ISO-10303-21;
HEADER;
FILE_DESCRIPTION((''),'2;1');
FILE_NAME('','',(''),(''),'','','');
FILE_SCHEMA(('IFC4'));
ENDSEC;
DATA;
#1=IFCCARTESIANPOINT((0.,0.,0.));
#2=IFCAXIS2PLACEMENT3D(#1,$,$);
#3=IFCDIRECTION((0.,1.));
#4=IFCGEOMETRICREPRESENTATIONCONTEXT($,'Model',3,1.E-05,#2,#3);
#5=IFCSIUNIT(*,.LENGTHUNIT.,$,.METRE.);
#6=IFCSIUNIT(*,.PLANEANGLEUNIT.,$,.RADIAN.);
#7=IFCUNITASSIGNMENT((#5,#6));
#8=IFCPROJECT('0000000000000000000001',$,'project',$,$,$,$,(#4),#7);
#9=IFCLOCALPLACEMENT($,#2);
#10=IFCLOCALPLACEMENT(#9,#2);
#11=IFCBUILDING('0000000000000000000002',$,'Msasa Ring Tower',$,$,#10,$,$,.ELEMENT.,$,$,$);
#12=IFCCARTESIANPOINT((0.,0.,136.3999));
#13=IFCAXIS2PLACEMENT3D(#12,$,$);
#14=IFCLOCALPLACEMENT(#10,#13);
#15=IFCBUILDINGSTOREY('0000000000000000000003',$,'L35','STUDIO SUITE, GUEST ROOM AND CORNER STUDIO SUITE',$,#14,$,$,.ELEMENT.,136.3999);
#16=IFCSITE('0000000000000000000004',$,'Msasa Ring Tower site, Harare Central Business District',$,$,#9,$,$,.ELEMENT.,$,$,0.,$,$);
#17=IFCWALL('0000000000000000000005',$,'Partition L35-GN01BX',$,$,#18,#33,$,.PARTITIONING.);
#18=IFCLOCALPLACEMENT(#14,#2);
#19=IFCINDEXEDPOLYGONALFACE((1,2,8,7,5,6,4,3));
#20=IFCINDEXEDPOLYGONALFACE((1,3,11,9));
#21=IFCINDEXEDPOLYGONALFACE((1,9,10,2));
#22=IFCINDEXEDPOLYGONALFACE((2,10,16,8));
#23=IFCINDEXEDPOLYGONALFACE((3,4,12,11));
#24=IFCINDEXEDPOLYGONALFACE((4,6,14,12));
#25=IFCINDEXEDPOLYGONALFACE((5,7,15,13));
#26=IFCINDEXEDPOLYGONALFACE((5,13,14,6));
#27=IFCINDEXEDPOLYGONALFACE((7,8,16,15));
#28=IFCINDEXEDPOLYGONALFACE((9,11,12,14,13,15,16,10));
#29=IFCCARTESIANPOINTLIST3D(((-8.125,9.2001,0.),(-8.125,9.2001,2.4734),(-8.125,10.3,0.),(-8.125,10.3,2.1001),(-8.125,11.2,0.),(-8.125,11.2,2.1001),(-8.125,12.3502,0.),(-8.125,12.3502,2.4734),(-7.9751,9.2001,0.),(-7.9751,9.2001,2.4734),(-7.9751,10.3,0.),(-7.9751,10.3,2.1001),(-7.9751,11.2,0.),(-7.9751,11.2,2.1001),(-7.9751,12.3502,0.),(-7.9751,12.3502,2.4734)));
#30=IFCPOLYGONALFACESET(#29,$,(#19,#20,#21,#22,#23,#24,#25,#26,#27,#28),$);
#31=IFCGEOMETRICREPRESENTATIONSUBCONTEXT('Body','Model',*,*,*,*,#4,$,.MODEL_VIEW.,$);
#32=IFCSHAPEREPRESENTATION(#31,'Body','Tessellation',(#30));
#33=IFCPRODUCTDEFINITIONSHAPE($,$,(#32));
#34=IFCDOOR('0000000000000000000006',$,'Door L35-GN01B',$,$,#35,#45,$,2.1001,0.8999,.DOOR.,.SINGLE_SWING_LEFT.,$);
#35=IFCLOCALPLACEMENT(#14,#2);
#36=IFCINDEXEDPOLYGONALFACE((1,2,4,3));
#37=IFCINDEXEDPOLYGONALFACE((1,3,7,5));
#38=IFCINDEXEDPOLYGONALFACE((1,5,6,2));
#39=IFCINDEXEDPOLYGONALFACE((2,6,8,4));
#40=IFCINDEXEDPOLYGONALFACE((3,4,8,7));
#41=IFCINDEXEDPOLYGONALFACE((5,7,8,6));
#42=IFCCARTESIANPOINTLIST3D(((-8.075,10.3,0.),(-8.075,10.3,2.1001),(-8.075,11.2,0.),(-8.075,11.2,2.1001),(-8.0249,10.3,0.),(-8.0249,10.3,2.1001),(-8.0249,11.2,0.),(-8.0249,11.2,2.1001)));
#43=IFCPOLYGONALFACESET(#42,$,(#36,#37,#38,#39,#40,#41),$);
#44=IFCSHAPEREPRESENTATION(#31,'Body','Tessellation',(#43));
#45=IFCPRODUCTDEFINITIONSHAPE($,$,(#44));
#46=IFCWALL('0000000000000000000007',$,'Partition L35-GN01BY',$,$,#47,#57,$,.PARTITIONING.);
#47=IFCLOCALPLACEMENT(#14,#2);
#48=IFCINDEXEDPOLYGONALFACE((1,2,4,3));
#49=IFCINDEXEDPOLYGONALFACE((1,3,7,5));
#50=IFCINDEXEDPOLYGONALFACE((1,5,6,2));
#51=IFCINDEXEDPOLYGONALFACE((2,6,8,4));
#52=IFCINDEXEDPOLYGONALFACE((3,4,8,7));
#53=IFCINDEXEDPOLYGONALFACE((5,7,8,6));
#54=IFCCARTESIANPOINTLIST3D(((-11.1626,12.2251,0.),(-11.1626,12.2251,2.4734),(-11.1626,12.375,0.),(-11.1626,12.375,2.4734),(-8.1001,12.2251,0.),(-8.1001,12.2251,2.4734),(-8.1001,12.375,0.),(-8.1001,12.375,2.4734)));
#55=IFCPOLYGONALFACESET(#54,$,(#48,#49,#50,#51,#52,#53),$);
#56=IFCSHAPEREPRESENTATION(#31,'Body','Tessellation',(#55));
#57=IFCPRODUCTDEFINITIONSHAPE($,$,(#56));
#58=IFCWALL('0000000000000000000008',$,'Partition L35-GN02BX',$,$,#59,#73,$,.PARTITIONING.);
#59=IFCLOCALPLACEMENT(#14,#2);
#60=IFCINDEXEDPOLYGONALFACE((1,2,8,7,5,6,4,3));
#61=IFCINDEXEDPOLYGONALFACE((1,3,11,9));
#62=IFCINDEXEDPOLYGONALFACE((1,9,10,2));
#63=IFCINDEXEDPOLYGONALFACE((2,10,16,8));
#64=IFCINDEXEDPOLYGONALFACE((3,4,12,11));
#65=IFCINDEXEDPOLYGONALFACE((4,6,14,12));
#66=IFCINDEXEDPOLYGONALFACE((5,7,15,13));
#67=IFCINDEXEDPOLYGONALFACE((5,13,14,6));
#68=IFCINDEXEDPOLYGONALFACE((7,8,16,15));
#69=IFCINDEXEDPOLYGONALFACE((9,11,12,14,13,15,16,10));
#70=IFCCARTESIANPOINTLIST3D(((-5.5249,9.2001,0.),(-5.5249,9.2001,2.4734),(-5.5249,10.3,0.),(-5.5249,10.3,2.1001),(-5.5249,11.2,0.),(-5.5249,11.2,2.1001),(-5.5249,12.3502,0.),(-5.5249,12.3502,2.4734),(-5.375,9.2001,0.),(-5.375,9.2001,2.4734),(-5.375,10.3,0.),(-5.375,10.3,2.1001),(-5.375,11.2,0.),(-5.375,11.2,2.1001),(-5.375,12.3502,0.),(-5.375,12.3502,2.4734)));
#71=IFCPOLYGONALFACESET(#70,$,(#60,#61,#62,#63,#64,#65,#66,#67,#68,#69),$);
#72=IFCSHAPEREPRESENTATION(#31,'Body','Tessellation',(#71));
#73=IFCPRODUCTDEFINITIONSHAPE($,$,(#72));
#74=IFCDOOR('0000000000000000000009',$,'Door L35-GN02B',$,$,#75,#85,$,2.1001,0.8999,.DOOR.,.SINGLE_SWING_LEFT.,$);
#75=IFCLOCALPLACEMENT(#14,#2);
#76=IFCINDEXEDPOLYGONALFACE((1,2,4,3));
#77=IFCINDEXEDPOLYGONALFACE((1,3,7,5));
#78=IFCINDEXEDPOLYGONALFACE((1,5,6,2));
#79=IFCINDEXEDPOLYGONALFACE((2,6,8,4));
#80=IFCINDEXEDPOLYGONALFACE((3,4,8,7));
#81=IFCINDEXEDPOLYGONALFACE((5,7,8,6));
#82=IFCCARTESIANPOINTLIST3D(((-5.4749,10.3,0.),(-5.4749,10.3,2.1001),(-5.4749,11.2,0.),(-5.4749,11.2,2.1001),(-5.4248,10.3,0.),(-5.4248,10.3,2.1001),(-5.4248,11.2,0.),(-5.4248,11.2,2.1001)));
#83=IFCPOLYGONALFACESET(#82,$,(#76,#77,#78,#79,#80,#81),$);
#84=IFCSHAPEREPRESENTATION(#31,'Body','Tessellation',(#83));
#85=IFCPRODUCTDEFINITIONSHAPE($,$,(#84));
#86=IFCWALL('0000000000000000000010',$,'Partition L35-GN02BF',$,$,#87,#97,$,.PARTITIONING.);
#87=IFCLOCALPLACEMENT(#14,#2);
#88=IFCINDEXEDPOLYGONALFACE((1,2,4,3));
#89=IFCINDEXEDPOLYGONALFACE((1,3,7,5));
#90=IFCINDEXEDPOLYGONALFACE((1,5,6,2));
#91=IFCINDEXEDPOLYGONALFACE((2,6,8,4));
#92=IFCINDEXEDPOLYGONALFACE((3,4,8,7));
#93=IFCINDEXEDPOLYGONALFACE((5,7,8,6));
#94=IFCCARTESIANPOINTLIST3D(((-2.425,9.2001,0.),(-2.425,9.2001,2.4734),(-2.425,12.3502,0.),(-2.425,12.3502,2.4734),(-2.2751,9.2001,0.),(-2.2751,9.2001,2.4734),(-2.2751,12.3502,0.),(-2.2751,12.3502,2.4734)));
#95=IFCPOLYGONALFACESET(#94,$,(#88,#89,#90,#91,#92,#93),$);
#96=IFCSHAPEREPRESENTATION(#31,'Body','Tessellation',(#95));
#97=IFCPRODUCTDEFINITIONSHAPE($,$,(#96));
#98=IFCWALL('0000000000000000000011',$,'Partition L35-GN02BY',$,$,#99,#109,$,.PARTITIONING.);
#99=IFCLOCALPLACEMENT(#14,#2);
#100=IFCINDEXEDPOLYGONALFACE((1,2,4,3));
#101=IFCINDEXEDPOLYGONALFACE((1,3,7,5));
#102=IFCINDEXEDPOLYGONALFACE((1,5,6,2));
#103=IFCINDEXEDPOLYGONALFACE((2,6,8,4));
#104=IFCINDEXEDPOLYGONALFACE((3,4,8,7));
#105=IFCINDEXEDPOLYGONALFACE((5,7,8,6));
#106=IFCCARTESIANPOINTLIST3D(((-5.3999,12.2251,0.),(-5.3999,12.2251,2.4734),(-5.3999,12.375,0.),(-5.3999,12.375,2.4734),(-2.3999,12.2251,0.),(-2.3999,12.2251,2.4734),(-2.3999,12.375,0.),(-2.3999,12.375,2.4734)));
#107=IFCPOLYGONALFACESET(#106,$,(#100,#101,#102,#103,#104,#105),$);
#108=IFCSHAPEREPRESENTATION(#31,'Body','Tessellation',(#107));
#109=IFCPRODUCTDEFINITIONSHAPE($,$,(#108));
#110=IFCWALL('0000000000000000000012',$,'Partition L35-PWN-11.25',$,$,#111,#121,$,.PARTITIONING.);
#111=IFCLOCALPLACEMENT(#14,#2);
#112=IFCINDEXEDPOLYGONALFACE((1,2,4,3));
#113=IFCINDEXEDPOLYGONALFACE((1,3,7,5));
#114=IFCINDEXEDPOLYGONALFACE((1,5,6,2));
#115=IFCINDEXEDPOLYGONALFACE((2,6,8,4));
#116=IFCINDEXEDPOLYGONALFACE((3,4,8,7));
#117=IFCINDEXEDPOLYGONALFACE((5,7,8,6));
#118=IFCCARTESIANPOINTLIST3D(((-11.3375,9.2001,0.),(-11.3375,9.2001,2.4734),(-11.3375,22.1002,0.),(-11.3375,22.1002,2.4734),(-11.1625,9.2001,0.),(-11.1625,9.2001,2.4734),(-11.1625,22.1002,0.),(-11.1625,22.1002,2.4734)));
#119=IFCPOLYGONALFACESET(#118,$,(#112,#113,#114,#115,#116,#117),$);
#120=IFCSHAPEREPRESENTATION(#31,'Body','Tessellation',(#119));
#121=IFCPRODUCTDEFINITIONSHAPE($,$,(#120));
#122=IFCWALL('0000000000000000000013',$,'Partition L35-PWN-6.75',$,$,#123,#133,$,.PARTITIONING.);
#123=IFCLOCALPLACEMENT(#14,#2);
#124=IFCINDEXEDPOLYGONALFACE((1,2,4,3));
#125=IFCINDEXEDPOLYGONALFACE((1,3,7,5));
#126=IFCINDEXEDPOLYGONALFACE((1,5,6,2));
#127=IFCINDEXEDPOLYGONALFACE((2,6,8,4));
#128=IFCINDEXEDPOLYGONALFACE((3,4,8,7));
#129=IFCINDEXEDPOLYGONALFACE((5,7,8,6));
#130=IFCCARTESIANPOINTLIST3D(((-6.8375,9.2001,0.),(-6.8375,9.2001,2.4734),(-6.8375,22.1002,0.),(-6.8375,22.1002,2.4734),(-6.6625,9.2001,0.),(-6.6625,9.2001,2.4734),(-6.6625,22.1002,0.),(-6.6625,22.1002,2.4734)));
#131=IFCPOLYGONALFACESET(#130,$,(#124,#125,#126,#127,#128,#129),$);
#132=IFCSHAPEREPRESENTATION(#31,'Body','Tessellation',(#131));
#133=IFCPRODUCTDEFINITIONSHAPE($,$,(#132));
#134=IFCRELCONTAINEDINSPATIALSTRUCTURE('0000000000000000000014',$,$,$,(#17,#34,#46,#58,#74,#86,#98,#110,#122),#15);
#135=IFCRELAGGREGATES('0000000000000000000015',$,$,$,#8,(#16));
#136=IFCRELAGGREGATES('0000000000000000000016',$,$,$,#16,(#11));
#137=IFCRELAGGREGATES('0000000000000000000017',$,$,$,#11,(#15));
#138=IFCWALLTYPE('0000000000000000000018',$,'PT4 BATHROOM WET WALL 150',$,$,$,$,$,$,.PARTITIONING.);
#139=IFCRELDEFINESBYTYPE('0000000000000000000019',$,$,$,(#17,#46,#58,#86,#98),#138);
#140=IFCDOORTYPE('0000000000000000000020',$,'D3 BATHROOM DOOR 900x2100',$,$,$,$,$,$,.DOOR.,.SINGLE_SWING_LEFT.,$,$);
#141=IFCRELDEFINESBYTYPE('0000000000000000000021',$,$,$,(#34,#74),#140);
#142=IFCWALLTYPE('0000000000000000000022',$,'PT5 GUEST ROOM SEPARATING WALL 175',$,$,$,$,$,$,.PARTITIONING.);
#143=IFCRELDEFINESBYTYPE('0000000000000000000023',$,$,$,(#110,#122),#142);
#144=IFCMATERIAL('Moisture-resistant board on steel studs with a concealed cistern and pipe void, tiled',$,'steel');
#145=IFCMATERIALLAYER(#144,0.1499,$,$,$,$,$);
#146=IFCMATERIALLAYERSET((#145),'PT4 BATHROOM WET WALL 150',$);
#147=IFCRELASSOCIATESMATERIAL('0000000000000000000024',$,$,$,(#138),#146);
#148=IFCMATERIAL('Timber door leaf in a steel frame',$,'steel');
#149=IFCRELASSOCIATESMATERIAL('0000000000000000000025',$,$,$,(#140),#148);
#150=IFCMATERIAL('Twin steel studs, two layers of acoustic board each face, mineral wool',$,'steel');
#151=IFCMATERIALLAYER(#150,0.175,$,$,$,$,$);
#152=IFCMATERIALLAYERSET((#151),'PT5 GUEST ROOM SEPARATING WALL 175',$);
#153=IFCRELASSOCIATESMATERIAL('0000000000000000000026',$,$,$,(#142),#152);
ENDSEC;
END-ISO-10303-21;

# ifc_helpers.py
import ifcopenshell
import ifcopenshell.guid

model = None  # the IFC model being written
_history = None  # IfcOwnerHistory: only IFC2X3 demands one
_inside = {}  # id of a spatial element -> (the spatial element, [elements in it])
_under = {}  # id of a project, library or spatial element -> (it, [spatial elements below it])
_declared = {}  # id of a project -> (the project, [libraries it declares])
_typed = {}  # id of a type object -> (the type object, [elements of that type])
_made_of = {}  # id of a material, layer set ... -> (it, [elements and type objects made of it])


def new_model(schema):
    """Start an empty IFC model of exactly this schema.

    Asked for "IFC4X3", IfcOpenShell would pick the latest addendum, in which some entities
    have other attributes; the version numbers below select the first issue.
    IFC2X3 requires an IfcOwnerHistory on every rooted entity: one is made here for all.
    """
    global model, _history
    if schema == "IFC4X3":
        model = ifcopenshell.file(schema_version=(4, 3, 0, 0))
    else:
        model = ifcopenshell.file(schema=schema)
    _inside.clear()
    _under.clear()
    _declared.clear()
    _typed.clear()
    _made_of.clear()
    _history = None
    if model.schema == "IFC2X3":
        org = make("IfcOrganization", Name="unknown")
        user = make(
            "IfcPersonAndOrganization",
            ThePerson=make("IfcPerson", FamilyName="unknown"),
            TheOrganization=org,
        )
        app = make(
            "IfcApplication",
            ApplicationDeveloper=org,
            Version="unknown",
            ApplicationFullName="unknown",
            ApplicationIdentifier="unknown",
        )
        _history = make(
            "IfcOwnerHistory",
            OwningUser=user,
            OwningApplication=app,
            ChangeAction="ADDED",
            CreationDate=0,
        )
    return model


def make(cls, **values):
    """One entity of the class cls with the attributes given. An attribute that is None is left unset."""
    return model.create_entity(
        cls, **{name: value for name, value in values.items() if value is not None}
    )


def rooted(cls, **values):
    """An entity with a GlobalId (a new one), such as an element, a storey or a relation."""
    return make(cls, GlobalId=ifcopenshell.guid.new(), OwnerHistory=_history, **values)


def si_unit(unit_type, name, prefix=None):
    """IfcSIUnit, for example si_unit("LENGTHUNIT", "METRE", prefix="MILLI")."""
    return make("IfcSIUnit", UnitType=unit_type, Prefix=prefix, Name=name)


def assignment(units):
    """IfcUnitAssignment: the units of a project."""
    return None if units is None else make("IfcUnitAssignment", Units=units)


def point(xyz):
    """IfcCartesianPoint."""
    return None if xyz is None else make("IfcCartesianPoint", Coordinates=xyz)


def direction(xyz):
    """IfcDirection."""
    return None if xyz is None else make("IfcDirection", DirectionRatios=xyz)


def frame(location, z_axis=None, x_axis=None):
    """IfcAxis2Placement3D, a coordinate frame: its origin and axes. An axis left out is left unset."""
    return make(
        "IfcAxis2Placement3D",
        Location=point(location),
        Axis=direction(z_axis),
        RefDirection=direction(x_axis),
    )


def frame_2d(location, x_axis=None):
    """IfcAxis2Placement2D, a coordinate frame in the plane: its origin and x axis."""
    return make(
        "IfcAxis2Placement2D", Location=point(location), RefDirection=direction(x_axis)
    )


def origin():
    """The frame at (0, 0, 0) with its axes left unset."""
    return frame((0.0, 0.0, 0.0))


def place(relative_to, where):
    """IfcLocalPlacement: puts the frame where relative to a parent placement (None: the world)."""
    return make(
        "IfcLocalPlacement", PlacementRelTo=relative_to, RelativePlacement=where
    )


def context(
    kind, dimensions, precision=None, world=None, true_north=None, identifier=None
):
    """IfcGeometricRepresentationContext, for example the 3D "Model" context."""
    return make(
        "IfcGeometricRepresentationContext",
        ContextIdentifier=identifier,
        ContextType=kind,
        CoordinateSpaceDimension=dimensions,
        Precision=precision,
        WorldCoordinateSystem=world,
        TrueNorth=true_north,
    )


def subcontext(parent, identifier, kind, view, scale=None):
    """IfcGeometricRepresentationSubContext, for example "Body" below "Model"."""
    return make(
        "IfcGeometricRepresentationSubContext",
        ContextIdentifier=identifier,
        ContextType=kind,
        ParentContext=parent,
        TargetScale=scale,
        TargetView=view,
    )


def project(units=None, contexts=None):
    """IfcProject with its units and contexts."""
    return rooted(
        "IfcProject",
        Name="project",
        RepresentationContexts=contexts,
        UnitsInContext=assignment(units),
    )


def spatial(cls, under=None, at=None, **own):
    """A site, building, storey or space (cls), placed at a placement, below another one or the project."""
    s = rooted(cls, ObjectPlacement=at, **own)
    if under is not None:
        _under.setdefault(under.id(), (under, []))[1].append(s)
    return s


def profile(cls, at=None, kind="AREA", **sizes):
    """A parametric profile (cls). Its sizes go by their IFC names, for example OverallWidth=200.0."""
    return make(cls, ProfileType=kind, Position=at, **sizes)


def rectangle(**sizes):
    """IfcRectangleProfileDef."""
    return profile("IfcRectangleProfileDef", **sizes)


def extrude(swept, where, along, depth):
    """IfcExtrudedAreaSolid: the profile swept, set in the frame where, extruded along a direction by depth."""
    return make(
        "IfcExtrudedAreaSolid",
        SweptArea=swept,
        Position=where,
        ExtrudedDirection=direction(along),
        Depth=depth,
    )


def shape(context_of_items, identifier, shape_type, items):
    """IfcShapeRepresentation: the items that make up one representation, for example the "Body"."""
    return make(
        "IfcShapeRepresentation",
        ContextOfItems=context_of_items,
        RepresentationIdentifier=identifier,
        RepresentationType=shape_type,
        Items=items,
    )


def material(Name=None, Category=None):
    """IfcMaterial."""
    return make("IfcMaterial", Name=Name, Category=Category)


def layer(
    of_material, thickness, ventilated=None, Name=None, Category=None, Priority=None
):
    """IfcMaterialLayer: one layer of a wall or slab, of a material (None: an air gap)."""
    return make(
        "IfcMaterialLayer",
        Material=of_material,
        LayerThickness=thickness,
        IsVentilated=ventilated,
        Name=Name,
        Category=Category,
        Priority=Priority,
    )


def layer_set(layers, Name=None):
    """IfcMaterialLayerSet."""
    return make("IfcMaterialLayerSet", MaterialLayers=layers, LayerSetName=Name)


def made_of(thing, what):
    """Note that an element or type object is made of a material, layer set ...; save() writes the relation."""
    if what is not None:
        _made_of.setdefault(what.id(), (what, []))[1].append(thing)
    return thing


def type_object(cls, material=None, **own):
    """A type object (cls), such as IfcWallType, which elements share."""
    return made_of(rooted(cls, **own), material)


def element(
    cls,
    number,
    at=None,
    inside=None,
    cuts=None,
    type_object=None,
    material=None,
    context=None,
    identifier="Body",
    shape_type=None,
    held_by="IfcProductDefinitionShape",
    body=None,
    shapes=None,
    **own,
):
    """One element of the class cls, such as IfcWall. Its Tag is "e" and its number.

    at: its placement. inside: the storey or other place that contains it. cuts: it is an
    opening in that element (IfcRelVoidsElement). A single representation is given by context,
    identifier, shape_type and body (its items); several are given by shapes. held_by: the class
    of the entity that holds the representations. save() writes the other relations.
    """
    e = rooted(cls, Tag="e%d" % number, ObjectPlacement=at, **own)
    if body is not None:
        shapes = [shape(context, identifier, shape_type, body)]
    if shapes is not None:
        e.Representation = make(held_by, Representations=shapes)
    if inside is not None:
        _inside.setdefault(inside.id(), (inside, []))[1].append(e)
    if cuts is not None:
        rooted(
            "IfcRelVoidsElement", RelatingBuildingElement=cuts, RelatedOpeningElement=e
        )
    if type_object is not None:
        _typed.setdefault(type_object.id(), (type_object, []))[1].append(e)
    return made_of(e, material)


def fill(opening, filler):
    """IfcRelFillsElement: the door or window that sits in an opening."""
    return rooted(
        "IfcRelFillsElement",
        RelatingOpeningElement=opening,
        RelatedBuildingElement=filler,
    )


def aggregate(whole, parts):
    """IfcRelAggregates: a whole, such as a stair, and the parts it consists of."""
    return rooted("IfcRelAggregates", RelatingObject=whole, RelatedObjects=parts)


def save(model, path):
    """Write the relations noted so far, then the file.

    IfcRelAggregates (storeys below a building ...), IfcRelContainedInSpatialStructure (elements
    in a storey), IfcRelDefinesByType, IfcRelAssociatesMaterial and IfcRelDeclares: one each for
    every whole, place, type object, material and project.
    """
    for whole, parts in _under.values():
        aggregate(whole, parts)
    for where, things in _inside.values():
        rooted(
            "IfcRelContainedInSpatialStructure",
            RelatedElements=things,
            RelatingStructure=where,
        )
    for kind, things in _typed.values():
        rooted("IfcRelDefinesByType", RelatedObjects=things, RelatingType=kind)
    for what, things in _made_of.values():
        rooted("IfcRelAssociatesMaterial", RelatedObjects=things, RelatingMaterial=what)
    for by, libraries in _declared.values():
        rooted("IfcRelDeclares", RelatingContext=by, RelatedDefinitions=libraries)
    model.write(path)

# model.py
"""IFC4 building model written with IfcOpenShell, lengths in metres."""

from ifc_helpers import new_model, si_unit, direction, frame, frame_2d, origin, place, context, subcontext, project, spatial, rectangle, extrude, material, layer, layer_set, type_object, element, fill, save


model = new_model("IFC4")

# Units and contexts
model_context = context("Model", 3, precision=1e-05, world=origin(), true_north=direction((0.0, 1.0)))
body_context = subcontext(model_context, "Body", "Model", "MODEL_VIEW")
ifc_project = project(units=[si_unit("LENGTHUNIT", "METRE"), si_unit("PLANEANGLEUNIT", "RADIAN")], contexts=[model_context])

# Site, building, storey
site_placement = place(None, origin())
site = spatial("IfcSite", under=ifc_project, at=site_placement, Name="Msasa Ring Tower site, Harare Central Business District", CompositionType="ELEMENT", RefElevation=0.0)
building_placement = place(site_placement, origin())
building = spatial("IfcBuilding", under=site, at=building_placement, Name="Msasa Ring Tower", CompositionType="ELEMENT")
storey_placement = place(building_placement, frame((0.0, 0.0, 136.3999)))
storey = spatial("IfcBuildingStorey", under=building, at=storey_placement, Name="L35", Description="STUDIO SUITE, GUEST ROOM AND CORNER STUDIO SUITE", CompositionType="ELEMENT", Elevation=136.3999)

# Wall, opening, door
ifc_material_1 = material(Name="Moisture-resistant board on steel studs with a concealed cistern and pipe void, tiled", Category="steel")
ifc_layer_1 = layer(ifc_material_1, 0.1499)
ifc_layer_set_1 = layer_set([ifc_layer_1], Name="PT4 BATHROOM WET WALL 150")
wall_type_1 = type_object("IfcWallType", Name="PT4 BATHROOM WET WALL 150", PredefinedType="PARTITIONING", material=ifc_layer_set_1)
wall_1_placement = place(storey_placement, frame((-8.05, 9.2, 0.0), z_axis=(0.0, 0.0, 1.0), x_axis=(0.0, 1.0, 0.0)))
wall_1 = element("IfcWall", 1, at=wall_1_placement, inside=storey, type_object=wall_type_1, Name="Partition L35-GN01BX", PredefinedType="PARTITIONING", context=body_context, shape_type="SweptSolid", body=[
    extrude(rectangle(XDim=3.1501, YDim=0.1499, at=frame_2d((1.5752, 0.0))), origin(), (0.0, 0.0, 1.0), 2.4734),
])
opening_1_placement = place(wall_1_placement, frame((1.1001, 0.0, 0.0)))
opening_1 = element("IfcOpeningElement", 2, at=opening_1_placement, cuts=wall_1, PredefinedType="OPENING", context=body_context, shape_type="SweptSolid", body=[
    extrude(rectangle(XDim=0.8999, YDim=2.1001, at=frame_2d((0.45, 1.05))), frame((0.0, 0.085, 0.0), z_axis=(0.0, -1.0, 0.0), x_axis=(1.0, 0.0, 0.0)), (0.0, 0.0, 1.0), 0.1699),
])
ifc_material_2 = material(Name="Timber door leaf in a steel frame", Category="steel")
door_type = type_object("IfcDoorType", Name="D3 BATHROOM DOOR 900x2100", OperationType="SINGLE_SWING_LEFT", PredefinedType="DOOR", material=ifc_material_2)
door_1_placement = place(opening_1_placement, origin())
door_1 = element("IfcDoor", 3, at=door_1_placement, inside=storey, type_object=door_type, Name="Door L35-GN01B", OperationType="SINGLE_SWING_LEFT", OverallHeight=2.1001, OverallWidth=0.8999, PredefinedType="DOOR", context=body_context, shape_type="SweptSolid", body=[
    extrude(rectangle(XDim=0.8999, YDim=2.1001, at=frame_2d((0.45, 1.05))), frame((0.0, 0.0249, 0.0), z_axis=(0.0, -1.0, 0.0), x_axis=(1.0, 0.0, 0.0)), (0.0, 0.0, 1.0), 0.05),
])
fill(opening_1, door_1)

# Wall
wall_2_placement = place(storey_placement, frame((-11.1626, 12.3, 0.0), z_axis=(0.0, 0.0, 1.0), x_axis=(1.0, 0.0, 0.0)))
element("IfcWall", 4, at=wall_2_placement, inside=storey, type_object=wall_type_1, Name="Partition L35-GN01BY", PredefinedType="PARTITIONING", context=body_context, shape_type="SweptSolid", body=[
    extrude(rectangle(XDim=3.0625, YDim=0.1499, at=frame_2d((1.5312, 0.0))), origin(), (0.0, 0.0, 1.0), 2.4734),
])

# Wall, opening, door
wall_3_placement = place(storey_placement, frame((-5.45, 9.2, 0.0), z_axis=(0.0, 0.0, 1.0), x_axis=(0.0, 1.0, 0.0)))
wall_3 = element("IfcWall", 5, at=wall_3_placement, inside=storey, type_object=wall_type_1, Name="Partition L35-GN02BX", PredefinedType="PARTITIONING", context=body_context, shape_type="SweptSolid", body=[
    extrude(rectangle(XDim=3.1501, YDim=0.1499, at=frame_2d((1.5752, 0.0))), origin(), (0.0, 0.0, 1.0), 2.4734),
])
opening_2_placement = place(wall_3_placement, frame((1.1001, 0.0, 0.0)))
opening_2 = element("IfcOpeningElement", 6, at=opening_2_placement, cuts=wall_3, PredefinedType="OPENING", context=body_context, shape_type="SweptSolid", body=[
    extrude(rectangle(XDim=0.8999, YDim=2.1001, at=frame_2d((0.45, 1.05))), frame((0.0, 0.085, 0.0), z_axis=(0.0, -1.0, 0.0), x_axis=(1.0, 0.0, 0.0)), (0.0, 0.0, 1.0), 0.1699),
])
door_2_placement = place(opening_2_placement, origin())
door_2 = element("IfcDoor", 7, at=door_2_placement, inside=storey, type_object=door_type, Name="Door L35-GN02B", OperationType="SINGLE_SWING_LEFT", OverallHeight=2.1001, OverallWidth=0.8999, PredefinedType="DOOR", context=body_context, shape_type="SweptSolid", body=[
    extrude(rectangle(XDim=0.8999, YDim=2.1001, at=frame_2d((0.45, 1.05))), frame((0.0, 0.0249, 0.0), z_axis=(0.0, -1.0, 0.0), x_axis=(1.0, 0.0, 0.0)), (0.0, 0.0, 1.0), 0.05),
])
fill(opening_2, door_2)

# Walls
wall_4_placement = place(storey_placement, frame((-2.3501, 9.2, 0.0), z_axis=(0.0, 0.0, 1.0), x_axis=(0.0, 1.0, 0.0)))
element("IfcWall", 8, at=wall_4_placement, inside=storey, type_object=wall_type_1, Name="Partition L35-GN02BF", PredefinedType="PARTITIONING", context=body_context, shape_type="SweptSolid", body=[
    extrude(rectangle(XDim=3.1501, YDim=0.1499, at=frame_2d((1.5752, 0.0))), origin(), (0.0, 0.0, 1.0), 2.4734),
])
wall_5_placement = place(storey_placement, frame((-5.3999, 12.3, 0.0), z_axis=(0.0, 0.0, 1.0), x_axis=(1.0, 0.0, 0.0)))
element("IfcWall", 9, at=wall_5_placement, inside=storey, type_object=wall_type_1, Name="Partition L35-GN02BY", PredefinedType="PARTITIONING", context=body_context, shape_type="SweptSolid", body=[
    extrude(rectangle(XDim=3.0, YDim=0.1499, at=frame_2d((1.5, 0.0))), origin(), (0.0, 0.0, 1.0), 2.4734),
])
ifc_material_3 = material(Name="Twin steel studs, two layers of acoustic board each face, mineral wool", Category="steel")
ifc_layer_2 = layer(ifc_material_3, 0.175)
ifc_layer_set_2 = layer_set([ifc_layer_2], Name="PT5 GUEST ROOM SEPARATING WALL 175")
wall_type_2 = type_object("IfcWallType", Name="PT5 GUEST ROOM SEPARATING WALL 175", PredefinedType="PARTITIONING", material=ifc_layer_set_2)
for number, where, z_axis, x_axis, name in (
    (10, (-11.25, 9.2, 0.0), (0.0, 0.0, 1.0), (0.0, 1.0, 0.0), "Partition L35-PWN-11.25"),
    (11, (-6.75, 9.2, 0.0), (0.0, 0.0, 1.0), (0.0, 1.0, 0.0), "Partition L35-PWN-6.75"),
):
    element("IfcWall", number, at=place(storey_placement, frame(where, z_axis=z_axis, x_axis=x_axis)), inside=storey, type_object=wall_type_2, Name=name, PredefinedType="PARTITIONING", context=body_context, shape_type="SweptSolid", body=[
        extrude(rectangle(XDim=12.9001, YDim=0.175, at=frame_2d((6.4502, 0.0))), origin(), (0.0, 0.0, 1.0), 2.4734),
    ])

save(model, "model.ifc")
